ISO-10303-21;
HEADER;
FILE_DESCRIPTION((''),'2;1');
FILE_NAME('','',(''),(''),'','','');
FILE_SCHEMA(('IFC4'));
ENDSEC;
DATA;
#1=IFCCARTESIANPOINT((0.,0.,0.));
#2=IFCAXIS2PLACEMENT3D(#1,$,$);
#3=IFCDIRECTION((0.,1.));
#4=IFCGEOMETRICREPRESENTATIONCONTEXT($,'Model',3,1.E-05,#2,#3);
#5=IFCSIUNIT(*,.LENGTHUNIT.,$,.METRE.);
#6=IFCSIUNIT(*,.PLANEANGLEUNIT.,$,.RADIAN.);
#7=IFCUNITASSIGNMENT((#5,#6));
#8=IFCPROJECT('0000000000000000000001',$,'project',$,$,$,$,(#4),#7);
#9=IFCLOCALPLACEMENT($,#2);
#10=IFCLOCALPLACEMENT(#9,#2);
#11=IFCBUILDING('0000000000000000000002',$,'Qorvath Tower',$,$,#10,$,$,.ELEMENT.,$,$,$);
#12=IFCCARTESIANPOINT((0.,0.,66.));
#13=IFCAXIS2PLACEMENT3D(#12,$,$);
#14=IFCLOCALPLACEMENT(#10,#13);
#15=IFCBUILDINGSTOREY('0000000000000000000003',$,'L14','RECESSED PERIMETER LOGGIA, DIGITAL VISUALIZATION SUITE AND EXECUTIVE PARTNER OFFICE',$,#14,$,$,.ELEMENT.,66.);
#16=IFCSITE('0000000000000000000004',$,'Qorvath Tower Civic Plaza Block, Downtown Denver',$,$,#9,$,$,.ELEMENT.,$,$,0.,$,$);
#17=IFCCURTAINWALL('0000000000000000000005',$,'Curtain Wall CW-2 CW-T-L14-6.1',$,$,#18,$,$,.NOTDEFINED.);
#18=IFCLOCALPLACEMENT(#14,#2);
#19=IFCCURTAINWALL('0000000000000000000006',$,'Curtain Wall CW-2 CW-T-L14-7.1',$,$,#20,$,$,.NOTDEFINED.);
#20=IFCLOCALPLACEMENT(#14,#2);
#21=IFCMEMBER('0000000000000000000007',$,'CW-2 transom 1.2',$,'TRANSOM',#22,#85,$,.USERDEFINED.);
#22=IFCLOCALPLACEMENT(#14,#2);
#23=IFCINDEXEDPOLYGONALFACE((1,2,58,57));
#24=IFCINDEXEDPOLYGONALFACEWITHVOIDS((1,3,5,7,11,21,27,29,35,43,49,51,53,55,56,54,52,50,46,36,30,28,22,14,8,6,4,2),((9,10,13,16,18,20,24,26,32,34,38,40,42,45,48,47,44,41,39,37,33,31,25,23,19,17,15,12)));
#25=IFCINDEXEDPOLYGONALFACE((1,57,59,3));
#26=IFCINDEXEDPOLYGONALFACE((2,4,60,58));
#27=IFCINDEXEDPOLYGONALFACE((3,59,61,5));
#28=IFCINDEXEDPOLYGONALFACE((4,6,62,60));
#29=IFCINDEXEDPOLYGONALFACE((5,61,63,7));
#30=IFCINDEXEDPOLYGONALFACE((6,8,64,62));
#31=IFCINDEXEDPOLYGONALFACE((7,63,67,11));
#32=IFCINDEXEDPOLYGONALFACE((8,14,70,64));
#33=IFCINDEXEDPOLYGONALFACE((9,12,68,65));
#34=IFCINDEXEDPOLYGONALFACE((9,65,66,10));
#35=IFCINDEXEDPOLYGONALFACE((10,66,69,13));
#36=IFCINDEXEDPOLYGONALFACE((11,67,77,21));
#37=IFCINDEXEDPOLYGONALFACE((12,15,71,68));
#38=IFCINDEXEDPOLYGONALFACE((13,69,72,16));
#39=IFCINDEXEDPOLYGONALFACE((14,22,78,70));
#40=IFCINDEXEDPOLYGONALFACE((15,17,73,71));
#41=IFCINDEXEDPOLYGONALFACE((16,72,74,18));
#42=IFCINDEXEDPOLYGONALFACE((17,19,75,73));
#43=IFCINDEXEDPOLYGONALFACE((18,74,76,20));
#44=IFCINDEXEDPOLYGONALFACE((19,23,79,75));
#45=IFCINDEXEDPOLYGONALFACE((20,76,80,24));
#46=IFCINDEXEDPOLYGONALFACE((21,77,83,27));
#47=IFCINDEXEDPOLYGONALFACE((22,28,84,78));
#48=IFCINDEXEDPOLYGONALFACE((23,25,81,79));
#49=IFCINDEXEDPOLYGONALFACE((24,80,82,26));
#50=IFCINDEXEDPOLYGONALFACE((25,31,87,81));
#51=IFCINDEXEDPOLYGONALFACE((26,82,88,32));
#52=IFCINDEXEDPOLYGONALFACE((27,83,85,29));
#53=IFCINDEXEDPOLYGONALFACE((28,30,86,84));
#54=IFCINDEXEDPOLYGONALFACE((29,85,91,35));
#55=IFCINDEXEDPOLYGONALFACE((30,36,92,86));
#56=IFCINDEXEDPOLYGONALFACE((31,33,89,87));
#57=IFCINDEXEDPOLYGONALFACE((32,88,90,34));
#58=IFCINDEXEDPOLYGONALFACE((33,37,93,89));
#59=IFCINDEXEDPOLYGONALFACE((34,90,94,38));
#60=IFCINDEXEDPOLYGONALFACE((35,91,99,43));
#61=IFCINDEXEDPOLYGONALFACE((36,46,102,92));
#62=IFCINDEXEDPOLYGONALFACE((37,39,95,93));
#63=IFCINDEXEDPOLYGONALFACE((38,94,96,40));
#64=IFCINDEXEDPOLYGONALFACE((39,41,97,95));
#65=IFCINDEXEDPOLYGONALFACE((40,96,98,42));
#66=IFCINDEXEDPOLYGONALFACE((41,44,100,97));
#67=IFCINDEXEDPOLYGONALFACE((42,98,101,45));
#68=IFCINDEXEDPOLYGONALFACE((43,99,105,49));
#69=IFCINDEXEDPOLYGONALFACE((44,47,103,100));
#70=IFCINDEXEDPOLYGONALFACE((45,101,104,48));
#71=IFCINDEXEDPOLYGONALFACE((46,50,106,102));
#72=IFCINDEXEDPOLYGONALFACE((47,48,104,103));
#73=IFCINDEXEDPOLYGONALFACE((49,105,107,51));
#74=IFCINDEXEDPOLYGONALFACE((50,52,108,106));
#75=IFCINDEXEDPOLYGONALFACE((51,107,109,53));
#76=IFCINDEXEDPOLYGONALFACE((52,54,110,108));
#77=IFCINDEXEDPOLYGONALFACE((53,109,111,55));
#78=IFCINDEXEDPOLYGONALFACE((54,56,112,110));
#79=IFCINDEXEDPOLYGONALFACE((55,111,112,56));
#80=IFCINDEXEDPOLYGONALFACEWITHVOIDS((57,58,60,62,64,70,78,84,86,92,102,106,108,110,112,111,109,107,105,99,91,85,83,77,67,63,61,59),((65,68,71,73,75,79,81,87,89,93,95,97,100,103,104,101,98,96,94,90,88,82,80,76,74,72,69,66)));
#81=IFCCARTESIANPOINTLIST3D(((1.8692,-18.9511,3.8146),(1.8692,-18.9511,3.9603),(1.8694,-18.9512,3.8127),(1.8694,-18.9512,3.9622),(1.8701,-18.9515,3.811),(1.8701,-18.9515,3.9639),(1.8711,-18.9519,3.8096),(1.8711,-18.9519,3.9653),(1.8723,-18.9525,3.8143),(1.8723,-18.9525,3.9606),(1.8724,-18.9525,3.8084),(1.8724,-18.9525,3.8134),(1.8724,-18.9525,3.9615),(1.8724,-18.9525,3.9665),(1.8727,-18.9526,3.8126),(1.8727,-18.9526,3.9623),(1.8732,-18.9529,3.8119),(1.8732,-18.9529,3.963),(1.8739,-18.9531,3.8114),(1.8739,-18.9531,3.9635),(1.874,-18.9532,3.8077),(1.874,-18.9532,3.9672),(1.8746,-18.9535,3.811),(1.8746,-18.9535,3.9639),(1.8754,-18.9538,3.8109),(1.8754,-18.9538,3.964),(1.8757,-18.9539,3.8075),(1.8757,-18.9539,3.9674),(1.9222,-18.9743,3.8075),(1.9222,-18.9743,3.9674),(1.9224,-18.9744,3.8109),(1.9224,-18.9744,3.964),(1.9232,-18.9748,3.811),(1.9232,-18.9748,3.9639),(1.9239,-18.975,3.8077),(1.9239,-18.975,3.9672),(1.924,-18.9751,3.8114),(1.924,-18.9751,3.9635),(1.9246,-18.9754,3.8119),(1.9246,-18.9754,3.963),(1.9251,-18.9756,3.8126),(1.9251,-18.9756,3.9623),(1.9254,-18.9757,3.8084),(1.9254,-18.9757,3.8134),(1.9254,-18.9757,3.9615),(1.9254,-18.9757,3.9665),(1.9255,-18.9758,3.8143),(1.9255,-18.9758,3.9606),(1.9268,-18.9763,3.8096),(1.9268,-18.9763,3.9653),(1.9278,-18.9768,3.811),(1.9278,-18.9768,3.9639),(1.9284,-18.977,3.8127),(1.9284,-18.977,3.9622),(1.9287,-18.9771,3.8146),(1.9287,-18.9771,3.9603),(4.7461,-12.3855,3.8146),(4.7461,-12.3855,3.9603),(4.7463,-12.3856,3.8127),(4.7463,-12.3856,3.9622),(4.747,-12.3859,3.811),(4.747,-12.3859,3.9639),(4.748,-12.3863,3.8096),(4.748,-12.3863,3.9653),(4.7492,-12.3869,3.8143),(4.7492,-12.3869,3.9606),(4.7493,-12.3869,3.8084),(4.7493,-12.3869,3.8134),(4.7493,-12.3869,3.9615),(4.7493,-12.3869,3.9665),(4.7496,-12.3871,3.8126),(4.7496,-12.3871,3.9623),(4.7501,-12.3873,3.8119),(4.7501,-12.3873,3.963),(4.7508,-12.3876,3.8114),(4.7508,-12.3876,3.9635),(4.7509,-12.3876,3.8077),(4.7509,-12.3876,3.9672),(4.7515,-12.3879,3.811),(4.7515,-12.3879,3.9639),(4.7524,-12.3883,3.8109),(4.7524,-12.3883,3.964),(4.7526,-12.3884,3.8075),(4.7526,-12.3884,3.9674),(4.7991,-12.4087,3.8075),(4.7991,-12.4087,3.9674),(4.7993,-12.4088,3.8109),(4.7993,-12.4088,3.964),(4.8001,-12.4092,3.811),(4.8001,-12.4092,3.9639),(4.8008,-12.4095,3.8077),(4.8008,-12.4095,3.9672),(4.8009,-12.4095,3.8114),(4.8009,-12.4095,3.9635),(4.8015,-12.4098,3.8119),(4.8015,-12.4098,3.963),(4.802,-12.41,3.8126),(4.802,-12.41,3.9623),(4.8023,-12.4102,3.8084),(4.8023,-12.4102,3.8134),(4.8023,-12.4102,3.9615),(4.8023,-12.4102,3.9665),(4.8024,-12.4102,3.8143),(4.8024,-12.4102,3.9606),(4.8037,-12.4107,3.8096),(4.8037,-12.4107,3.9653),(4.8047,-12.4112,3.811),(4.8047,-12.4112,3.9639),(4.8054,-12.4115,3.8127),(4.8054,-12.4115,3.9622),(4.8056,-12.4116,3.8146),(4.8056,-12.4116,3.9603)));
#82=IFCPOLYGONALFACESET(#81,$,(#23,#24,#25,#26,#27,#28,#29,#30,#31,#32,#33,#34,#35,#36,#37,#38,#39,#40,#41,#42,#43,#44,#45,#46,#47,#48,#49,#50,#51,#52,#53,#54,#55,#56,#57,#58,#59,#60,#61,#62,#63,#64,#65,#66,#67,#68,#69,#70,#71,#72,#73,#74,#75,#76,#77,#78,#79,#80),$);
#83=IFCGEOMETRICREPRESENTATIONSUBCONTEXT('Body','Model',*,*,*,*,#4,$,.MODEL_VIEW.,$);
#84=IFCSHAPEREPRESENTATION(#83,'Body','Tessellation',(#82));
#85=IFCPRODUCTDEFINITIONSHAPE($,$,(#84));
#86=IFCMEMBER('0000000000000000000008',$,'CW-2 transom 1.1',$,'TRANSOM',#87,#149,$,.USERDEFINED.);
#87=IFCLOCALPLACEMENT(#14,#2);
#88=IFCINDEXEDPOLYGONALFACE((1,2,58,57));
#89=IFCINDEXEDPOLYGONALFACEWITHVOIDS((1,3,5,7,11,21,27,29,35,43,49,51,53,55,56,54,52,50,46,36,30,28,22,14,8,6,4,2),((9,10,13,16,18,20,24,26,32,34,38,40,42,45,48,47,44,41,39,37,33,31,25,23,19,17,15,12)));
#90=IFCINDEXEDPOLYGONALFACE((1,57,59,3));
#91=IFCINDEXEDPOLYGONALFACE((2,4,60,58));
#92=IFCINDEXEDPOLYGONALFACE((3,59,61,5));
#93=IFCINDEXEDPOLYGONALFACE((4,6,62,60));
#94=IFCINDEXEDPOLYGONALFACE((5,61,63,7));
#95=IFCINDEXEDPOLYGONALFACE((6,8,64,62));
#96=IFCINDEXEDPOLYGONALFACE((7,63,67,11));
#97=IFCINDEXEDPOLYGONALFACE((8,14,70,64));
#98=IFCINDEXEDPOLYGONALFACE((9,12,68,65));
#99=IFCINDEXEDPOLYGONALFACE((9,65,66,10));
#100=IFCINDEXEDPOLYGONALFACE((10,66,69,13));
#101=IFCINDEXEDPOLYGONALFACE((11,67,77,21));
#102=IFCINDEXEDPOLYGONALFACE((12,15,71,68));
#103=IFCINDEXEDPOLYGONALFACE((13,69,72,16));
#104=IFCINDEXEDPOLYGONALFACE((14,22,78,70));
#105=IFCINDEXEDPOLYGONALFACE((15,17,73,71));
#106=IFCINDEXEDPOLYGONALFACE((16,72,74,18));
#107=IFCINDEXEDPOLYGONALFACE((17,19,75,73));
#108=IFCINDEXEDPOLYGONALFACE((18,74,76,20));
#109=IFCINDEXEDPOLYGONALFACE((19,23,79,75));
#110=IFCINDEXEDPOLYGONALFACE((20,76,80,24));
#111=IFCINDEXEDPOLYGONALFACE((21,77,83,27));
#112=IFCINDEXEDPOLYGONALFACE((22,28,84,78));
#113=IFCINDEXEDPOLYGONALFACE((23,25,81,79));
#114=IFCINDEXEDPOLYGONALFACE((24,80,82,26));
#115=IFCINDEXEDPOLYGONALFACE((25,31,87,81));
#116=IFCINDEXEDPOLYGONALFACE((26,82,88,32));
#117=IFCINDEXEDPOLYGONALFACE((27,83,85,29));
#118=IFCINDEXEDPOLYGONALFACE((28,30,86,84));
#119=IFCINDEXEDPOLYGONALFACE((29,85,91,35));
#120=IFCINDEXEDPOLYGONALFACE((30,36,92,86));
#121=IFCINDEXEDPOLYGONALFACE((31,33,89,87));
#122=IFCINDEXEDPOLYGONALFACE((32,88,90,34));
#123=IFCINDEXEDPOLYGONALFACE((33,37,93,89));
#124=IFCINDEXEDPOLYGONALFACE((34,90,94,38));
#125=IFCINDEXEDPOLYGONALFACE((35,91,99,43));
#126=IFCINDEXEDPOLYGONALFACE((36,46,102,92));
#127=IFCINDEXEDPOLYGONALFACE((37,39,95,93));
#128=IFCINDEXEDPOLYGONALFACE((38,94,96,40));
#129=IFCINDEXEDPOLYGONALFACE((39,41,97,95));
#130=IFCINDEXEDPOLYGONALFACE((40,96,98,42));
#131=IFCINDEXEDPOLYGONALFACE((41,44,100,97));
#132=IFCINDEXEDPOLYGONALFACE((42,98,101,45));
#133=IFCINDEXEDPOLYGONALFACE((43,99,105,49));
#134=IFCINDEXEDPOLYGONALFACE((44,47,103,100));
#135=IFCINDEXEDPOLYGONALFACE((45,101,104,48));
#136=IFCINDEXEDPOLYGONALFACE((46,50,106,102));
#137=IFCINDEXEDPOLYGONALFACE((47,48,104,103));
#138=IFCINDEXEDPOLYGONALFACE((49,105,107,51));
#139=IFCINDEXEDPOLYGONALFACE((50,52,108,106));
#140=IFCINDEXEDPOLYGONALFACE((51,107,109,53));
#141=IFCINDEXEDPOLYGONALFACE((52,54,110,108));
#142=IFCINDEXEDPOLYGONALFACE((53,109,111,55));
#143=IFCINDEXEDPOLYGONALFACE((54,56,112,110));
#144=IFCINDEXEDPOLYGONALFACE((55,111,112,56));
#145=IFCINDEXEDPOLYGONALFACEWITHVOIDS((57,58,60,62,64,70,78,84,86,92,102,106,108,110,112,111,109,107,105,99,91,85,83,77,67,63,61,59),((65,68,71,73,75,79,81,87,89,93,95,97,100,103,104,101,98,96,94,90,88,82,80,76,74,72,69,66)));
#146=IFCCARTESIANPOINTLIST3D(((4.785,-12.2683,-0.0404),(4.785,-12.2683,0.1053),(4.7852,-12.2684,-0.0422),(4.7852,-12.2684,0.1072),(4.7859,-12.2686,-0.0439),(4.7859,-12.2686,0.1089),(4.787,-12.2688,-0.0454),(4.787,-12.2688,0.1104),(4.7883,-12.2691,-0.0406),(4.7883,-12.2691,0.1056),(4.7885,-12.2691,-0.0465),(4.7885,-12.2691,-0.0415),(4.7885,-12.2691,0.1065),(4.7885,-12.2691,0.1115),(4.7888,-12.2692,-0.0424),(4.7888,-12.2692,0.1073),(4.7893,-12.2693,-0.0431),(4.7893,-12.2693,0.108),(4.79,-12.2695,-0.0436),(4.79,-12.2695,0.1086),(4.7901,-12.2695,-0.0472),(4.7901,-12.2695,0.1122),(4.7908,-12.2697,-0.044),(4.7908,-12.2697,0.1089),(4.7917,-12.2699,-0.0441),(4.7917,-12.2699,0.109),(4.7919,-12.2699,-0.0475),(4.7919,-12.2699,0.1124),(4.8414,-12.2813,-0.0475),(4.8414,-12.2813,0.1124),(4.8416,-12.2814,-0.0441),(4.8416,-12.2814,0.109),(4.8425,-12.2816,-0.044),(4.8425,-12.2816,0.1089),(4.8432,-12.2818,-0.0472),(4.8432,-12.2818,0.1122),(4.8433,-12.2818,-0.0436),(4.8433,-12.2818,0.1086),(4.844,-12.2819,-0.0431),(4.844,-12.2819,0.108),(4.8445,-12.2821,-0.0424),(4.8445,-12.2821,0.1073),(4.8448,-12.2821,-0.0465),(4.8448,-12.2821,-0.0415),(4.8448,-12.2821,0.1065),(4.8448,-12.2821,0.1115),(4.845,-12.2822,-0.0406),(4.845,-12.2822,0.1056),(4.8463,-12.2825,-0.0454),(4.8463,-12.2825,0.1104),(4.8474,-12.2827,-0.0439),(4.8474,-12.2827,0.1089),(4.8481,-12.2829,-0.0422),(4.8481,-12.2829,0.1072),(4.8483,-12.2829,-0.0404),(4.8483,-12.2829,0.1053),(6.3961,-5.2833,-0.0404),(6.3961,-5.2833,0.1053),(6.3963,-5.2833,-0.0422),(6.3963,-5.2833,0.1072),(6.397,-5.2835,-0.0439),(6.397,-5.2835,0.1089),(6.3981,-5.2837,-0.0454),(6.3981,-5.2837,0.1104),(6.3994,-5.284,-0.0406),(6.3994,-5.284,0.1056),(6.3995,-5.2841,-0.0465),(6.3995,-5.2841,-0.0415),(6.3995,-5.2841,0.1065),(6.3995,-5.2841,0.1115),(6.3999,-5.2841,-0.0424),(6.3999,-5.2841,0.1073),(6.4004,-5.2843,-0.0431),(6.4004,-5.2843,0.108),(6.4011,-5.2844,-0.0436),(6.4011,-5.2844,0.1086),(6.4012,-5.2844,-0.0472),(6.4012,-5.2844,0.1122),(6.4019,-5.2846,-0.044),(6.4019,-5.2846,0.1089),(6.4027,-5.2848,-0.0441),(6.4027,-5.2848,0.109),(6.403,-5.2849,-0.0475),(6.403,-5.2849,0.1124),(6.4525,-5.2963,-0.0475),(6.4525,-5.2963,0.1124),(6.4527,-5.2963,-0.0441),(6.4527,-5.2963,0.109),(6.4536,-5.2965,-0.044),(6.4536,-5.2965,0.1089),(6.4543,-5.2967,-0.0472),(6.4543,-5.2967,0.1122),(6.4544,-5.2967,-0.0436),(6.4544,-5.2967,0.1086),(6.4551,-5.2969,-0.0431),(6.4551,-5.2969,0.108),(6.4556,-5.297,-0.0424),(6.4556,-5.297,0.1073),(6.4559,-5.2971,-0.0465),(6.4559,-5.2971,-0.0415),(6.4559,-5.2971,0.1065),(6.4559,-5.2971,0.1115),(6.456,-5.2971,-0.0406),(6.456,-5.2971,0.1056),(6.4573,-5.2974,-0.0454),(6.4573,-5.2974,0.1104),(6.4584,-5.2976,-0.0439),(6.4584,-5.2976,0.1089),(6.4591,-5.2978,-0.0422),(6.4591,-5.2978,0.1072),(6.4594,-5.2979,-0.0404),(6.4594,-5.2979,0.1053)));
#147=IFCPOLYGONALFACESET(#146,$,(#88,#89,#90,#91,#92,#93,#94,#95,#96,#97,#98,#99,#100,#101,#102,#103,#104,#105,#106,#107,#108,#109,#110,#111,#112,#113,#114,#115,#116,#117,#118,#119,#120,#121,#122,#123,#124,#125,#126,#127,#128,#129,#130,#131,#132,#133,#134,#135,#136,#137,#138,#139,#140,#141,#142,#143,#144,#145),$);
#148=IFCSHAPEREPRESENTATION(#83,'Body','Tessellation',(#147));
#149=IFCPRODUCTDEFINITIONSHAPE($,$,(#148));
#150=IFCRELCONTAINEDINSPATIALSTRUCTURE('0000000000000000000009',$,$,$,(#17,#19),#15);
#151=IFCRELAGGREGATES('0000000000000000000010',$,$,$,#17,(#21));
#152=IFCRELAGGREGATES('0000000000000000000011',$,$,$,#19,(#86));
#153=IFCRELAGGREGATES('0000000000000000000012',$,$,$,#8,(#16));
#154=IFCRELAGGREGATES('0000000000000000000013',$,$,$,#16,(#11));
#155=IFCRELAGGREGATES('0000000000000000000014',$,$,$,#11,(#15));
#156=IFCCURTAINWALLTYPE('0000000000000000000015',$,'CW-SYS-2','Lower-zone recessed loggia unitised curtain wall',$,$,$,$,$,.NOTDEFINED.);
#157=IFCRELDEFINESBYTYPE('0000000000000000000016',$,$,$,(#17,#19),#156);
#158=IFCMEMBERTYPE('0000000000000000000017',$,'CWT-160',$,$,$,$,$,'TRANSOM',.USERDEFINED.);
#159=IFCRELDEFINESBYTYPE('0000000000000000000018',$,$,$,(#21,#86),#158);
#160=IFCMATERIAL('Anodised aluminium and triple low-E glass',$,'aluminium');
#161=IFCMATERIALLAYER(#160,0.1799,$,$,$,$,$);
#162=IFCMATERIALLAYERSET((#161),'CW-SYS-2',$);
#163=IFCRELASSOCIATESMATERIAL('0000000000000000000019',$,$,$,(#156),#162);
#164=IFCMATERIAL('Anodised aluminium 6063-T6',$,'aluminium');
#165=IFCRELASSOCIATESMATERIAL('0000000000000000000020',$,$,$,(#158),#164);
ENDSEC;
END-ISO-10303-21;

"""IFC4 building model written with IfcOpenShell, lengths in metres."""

from ifc_helpers import new_model, si_unit, direction, frame, origin, origin_2d, place, context, subcontext, project, spatial, hollow_rectangle, extrude, material, layer, layer_set, material_profile, profile_set, type_object, element, aggregate, save


model = new_model("IFC4")

# Units and contexts
model_context = context("Model", 3, precision=1e-05, world=origin(), true_north=direction((0.0, 1.0)))
body_context = subcontext(model_context, "Body", "Model", "MODEL_VIEW")
ifc_project = project(units=[si_unit("LENGTHUNIT", "METRE"), si_unit("PLANEANGLEUNIT", "RADIAN")], contexts=[model_context])

# Site, building, storey
site_placement = place(None, origin())
site = spatial("IfcSite", under=ifc_project, at=site_placement, Name="Qorvath Tower Civic Plaza Block, Downtown Denver", CompositionType="ELEMENT", RefElevation=0.0)
building_placement = place(site_placement, origin())
building = spatial("IfcBuilding", under=site, at=building_placement, Name="Qorvath Tower", CompositionType="ELEMENT")
storey_placement = place(building_placement, frame((0.0, 0.0, 66.0)))
storey = spatial("IfcBuildingStorey", under=building, at=storey_placement, Name="L14", Description="RECESSED PERIMETER LOGGIA, DIGITAL VISUALIZATION SUITE AND EXECUTIVE PARTNER OFFICE", CompositionType="ELEMENT", Elevation=66.0)

# Curtain wall
ifc_material_1 = material(Name="Anodised aluminium and triple low-E glass", Category="aluminium")
ifc_layer_1 = layer(ifc_material_1, 0.1799)
ifc_layer_set_1 = layer_set([ifc_layer_1], Name="CW-SYS-2")
curtain_wall_type = type_object("IfcCurtainWallType", Name="CW-SYS-2", Description="Lower-zone recessed loggia unitised curtain wall", PredefinedType="NOTDEFINED", material=ifc_layer_set_1)
curtain_wall_1_placement = place(storey_placement, origin())
curtain_wall_1 = element("IfcCurtainWall", 1, at=curtain_wall_1_placement, inside=storey, type_object=curtain_wall_type, Name="Curtain Wall CW-2 CW-T-L14-6.1", PredefinedType="NOTDEFINED")

# Curtain wall
curtain_wall_2_placement = place(storey_placement, origin())
curtain_wall_2 = element("IfcCurtainWall", 2, at=curtain_wall_2_placement, inside=storey, type_object=curtain_wall_type, Name="Curtain Wall CW-2 CW-T-L14-7.1", PredefinedType="NOTDEFINED")

# Members
ifc_material_2 = material(Name="Anodised aluminium 6063-T6", Category="aluminium")
ifc_material_profile_1 = material_profile(ifc_material_2, hollow_rectangle(XDim=0.0649, YDim=0.1599, WallThickness=0.0034, InnerFilletRadius=0.0034, OuterFilletRadius=0.0071, at=origin_2d()), Name="CWT 160x65")
ifc_profile_set_1 = profile_set([ifc_material_profile_1], Name="Anodised aluminium 6063-T6")
member_type_1 = type_object("IfcMemberType", Name="CWT-160", ElementType="TRANSOM", PredefinedType="USERDEFINED", material=ifc_profile_set_1)
member_1_placement = place(storey_placement, frame((1.8989, -18.9641, 3.8875), z_axis=(0.401342, 0.915928, 0.0), x_axis=(-0.915928, 0.401342, 0.0)))
member_1 = element("IfcMember", 3, at=member_1_placement, type_object=member_type_1, Name="CW-2 transom 1.2", ObjectType="TRANSOM", PredefinedType="USERDEFINED", context=body_context, shape_type="SweptSolid", body=[
    extrude(hollow_rectangle(XDim=0.0649, YDim=0.1599, WallThickness=0.0034, InnerFilletRadius=0.0034, OuterFilletRadius=0.0071, at=origin_2d()), origin(), (0.0, 0.0, 1.0), 7.1682),
])
member_2_placement = place(storey_placement, frame((4.8167, -12.2756, 0.0325), z_axis=(0.224745, 0.974418, 0.0), x_axis=(-0.974418, 0.224745, 0.0)))
member_2 = element("IfcMember", 4, at=member_2_placement, type_object=member_type_1, Name="CW-2 transom 1.1", ObjectType="TRANSOM", PredefinedType="USERDEFINED", context=body_context, shape_type="SweptSolid", body=[
    extrude(hollow_rectangle(XDim=0.0649, YDim=0.1599, WallThickness=0.0034, InnerFilletRadius=0.0034, OuterFilletRadius=0.0071, at=origin_2d()), origin(), (0.0, 0.0, 1.0), 7.1685),
])

aggregate(curtain_wall_1, [member_1])
aggregate(curtain_wall_2, [member_2])

save(model, "model.ifc")
